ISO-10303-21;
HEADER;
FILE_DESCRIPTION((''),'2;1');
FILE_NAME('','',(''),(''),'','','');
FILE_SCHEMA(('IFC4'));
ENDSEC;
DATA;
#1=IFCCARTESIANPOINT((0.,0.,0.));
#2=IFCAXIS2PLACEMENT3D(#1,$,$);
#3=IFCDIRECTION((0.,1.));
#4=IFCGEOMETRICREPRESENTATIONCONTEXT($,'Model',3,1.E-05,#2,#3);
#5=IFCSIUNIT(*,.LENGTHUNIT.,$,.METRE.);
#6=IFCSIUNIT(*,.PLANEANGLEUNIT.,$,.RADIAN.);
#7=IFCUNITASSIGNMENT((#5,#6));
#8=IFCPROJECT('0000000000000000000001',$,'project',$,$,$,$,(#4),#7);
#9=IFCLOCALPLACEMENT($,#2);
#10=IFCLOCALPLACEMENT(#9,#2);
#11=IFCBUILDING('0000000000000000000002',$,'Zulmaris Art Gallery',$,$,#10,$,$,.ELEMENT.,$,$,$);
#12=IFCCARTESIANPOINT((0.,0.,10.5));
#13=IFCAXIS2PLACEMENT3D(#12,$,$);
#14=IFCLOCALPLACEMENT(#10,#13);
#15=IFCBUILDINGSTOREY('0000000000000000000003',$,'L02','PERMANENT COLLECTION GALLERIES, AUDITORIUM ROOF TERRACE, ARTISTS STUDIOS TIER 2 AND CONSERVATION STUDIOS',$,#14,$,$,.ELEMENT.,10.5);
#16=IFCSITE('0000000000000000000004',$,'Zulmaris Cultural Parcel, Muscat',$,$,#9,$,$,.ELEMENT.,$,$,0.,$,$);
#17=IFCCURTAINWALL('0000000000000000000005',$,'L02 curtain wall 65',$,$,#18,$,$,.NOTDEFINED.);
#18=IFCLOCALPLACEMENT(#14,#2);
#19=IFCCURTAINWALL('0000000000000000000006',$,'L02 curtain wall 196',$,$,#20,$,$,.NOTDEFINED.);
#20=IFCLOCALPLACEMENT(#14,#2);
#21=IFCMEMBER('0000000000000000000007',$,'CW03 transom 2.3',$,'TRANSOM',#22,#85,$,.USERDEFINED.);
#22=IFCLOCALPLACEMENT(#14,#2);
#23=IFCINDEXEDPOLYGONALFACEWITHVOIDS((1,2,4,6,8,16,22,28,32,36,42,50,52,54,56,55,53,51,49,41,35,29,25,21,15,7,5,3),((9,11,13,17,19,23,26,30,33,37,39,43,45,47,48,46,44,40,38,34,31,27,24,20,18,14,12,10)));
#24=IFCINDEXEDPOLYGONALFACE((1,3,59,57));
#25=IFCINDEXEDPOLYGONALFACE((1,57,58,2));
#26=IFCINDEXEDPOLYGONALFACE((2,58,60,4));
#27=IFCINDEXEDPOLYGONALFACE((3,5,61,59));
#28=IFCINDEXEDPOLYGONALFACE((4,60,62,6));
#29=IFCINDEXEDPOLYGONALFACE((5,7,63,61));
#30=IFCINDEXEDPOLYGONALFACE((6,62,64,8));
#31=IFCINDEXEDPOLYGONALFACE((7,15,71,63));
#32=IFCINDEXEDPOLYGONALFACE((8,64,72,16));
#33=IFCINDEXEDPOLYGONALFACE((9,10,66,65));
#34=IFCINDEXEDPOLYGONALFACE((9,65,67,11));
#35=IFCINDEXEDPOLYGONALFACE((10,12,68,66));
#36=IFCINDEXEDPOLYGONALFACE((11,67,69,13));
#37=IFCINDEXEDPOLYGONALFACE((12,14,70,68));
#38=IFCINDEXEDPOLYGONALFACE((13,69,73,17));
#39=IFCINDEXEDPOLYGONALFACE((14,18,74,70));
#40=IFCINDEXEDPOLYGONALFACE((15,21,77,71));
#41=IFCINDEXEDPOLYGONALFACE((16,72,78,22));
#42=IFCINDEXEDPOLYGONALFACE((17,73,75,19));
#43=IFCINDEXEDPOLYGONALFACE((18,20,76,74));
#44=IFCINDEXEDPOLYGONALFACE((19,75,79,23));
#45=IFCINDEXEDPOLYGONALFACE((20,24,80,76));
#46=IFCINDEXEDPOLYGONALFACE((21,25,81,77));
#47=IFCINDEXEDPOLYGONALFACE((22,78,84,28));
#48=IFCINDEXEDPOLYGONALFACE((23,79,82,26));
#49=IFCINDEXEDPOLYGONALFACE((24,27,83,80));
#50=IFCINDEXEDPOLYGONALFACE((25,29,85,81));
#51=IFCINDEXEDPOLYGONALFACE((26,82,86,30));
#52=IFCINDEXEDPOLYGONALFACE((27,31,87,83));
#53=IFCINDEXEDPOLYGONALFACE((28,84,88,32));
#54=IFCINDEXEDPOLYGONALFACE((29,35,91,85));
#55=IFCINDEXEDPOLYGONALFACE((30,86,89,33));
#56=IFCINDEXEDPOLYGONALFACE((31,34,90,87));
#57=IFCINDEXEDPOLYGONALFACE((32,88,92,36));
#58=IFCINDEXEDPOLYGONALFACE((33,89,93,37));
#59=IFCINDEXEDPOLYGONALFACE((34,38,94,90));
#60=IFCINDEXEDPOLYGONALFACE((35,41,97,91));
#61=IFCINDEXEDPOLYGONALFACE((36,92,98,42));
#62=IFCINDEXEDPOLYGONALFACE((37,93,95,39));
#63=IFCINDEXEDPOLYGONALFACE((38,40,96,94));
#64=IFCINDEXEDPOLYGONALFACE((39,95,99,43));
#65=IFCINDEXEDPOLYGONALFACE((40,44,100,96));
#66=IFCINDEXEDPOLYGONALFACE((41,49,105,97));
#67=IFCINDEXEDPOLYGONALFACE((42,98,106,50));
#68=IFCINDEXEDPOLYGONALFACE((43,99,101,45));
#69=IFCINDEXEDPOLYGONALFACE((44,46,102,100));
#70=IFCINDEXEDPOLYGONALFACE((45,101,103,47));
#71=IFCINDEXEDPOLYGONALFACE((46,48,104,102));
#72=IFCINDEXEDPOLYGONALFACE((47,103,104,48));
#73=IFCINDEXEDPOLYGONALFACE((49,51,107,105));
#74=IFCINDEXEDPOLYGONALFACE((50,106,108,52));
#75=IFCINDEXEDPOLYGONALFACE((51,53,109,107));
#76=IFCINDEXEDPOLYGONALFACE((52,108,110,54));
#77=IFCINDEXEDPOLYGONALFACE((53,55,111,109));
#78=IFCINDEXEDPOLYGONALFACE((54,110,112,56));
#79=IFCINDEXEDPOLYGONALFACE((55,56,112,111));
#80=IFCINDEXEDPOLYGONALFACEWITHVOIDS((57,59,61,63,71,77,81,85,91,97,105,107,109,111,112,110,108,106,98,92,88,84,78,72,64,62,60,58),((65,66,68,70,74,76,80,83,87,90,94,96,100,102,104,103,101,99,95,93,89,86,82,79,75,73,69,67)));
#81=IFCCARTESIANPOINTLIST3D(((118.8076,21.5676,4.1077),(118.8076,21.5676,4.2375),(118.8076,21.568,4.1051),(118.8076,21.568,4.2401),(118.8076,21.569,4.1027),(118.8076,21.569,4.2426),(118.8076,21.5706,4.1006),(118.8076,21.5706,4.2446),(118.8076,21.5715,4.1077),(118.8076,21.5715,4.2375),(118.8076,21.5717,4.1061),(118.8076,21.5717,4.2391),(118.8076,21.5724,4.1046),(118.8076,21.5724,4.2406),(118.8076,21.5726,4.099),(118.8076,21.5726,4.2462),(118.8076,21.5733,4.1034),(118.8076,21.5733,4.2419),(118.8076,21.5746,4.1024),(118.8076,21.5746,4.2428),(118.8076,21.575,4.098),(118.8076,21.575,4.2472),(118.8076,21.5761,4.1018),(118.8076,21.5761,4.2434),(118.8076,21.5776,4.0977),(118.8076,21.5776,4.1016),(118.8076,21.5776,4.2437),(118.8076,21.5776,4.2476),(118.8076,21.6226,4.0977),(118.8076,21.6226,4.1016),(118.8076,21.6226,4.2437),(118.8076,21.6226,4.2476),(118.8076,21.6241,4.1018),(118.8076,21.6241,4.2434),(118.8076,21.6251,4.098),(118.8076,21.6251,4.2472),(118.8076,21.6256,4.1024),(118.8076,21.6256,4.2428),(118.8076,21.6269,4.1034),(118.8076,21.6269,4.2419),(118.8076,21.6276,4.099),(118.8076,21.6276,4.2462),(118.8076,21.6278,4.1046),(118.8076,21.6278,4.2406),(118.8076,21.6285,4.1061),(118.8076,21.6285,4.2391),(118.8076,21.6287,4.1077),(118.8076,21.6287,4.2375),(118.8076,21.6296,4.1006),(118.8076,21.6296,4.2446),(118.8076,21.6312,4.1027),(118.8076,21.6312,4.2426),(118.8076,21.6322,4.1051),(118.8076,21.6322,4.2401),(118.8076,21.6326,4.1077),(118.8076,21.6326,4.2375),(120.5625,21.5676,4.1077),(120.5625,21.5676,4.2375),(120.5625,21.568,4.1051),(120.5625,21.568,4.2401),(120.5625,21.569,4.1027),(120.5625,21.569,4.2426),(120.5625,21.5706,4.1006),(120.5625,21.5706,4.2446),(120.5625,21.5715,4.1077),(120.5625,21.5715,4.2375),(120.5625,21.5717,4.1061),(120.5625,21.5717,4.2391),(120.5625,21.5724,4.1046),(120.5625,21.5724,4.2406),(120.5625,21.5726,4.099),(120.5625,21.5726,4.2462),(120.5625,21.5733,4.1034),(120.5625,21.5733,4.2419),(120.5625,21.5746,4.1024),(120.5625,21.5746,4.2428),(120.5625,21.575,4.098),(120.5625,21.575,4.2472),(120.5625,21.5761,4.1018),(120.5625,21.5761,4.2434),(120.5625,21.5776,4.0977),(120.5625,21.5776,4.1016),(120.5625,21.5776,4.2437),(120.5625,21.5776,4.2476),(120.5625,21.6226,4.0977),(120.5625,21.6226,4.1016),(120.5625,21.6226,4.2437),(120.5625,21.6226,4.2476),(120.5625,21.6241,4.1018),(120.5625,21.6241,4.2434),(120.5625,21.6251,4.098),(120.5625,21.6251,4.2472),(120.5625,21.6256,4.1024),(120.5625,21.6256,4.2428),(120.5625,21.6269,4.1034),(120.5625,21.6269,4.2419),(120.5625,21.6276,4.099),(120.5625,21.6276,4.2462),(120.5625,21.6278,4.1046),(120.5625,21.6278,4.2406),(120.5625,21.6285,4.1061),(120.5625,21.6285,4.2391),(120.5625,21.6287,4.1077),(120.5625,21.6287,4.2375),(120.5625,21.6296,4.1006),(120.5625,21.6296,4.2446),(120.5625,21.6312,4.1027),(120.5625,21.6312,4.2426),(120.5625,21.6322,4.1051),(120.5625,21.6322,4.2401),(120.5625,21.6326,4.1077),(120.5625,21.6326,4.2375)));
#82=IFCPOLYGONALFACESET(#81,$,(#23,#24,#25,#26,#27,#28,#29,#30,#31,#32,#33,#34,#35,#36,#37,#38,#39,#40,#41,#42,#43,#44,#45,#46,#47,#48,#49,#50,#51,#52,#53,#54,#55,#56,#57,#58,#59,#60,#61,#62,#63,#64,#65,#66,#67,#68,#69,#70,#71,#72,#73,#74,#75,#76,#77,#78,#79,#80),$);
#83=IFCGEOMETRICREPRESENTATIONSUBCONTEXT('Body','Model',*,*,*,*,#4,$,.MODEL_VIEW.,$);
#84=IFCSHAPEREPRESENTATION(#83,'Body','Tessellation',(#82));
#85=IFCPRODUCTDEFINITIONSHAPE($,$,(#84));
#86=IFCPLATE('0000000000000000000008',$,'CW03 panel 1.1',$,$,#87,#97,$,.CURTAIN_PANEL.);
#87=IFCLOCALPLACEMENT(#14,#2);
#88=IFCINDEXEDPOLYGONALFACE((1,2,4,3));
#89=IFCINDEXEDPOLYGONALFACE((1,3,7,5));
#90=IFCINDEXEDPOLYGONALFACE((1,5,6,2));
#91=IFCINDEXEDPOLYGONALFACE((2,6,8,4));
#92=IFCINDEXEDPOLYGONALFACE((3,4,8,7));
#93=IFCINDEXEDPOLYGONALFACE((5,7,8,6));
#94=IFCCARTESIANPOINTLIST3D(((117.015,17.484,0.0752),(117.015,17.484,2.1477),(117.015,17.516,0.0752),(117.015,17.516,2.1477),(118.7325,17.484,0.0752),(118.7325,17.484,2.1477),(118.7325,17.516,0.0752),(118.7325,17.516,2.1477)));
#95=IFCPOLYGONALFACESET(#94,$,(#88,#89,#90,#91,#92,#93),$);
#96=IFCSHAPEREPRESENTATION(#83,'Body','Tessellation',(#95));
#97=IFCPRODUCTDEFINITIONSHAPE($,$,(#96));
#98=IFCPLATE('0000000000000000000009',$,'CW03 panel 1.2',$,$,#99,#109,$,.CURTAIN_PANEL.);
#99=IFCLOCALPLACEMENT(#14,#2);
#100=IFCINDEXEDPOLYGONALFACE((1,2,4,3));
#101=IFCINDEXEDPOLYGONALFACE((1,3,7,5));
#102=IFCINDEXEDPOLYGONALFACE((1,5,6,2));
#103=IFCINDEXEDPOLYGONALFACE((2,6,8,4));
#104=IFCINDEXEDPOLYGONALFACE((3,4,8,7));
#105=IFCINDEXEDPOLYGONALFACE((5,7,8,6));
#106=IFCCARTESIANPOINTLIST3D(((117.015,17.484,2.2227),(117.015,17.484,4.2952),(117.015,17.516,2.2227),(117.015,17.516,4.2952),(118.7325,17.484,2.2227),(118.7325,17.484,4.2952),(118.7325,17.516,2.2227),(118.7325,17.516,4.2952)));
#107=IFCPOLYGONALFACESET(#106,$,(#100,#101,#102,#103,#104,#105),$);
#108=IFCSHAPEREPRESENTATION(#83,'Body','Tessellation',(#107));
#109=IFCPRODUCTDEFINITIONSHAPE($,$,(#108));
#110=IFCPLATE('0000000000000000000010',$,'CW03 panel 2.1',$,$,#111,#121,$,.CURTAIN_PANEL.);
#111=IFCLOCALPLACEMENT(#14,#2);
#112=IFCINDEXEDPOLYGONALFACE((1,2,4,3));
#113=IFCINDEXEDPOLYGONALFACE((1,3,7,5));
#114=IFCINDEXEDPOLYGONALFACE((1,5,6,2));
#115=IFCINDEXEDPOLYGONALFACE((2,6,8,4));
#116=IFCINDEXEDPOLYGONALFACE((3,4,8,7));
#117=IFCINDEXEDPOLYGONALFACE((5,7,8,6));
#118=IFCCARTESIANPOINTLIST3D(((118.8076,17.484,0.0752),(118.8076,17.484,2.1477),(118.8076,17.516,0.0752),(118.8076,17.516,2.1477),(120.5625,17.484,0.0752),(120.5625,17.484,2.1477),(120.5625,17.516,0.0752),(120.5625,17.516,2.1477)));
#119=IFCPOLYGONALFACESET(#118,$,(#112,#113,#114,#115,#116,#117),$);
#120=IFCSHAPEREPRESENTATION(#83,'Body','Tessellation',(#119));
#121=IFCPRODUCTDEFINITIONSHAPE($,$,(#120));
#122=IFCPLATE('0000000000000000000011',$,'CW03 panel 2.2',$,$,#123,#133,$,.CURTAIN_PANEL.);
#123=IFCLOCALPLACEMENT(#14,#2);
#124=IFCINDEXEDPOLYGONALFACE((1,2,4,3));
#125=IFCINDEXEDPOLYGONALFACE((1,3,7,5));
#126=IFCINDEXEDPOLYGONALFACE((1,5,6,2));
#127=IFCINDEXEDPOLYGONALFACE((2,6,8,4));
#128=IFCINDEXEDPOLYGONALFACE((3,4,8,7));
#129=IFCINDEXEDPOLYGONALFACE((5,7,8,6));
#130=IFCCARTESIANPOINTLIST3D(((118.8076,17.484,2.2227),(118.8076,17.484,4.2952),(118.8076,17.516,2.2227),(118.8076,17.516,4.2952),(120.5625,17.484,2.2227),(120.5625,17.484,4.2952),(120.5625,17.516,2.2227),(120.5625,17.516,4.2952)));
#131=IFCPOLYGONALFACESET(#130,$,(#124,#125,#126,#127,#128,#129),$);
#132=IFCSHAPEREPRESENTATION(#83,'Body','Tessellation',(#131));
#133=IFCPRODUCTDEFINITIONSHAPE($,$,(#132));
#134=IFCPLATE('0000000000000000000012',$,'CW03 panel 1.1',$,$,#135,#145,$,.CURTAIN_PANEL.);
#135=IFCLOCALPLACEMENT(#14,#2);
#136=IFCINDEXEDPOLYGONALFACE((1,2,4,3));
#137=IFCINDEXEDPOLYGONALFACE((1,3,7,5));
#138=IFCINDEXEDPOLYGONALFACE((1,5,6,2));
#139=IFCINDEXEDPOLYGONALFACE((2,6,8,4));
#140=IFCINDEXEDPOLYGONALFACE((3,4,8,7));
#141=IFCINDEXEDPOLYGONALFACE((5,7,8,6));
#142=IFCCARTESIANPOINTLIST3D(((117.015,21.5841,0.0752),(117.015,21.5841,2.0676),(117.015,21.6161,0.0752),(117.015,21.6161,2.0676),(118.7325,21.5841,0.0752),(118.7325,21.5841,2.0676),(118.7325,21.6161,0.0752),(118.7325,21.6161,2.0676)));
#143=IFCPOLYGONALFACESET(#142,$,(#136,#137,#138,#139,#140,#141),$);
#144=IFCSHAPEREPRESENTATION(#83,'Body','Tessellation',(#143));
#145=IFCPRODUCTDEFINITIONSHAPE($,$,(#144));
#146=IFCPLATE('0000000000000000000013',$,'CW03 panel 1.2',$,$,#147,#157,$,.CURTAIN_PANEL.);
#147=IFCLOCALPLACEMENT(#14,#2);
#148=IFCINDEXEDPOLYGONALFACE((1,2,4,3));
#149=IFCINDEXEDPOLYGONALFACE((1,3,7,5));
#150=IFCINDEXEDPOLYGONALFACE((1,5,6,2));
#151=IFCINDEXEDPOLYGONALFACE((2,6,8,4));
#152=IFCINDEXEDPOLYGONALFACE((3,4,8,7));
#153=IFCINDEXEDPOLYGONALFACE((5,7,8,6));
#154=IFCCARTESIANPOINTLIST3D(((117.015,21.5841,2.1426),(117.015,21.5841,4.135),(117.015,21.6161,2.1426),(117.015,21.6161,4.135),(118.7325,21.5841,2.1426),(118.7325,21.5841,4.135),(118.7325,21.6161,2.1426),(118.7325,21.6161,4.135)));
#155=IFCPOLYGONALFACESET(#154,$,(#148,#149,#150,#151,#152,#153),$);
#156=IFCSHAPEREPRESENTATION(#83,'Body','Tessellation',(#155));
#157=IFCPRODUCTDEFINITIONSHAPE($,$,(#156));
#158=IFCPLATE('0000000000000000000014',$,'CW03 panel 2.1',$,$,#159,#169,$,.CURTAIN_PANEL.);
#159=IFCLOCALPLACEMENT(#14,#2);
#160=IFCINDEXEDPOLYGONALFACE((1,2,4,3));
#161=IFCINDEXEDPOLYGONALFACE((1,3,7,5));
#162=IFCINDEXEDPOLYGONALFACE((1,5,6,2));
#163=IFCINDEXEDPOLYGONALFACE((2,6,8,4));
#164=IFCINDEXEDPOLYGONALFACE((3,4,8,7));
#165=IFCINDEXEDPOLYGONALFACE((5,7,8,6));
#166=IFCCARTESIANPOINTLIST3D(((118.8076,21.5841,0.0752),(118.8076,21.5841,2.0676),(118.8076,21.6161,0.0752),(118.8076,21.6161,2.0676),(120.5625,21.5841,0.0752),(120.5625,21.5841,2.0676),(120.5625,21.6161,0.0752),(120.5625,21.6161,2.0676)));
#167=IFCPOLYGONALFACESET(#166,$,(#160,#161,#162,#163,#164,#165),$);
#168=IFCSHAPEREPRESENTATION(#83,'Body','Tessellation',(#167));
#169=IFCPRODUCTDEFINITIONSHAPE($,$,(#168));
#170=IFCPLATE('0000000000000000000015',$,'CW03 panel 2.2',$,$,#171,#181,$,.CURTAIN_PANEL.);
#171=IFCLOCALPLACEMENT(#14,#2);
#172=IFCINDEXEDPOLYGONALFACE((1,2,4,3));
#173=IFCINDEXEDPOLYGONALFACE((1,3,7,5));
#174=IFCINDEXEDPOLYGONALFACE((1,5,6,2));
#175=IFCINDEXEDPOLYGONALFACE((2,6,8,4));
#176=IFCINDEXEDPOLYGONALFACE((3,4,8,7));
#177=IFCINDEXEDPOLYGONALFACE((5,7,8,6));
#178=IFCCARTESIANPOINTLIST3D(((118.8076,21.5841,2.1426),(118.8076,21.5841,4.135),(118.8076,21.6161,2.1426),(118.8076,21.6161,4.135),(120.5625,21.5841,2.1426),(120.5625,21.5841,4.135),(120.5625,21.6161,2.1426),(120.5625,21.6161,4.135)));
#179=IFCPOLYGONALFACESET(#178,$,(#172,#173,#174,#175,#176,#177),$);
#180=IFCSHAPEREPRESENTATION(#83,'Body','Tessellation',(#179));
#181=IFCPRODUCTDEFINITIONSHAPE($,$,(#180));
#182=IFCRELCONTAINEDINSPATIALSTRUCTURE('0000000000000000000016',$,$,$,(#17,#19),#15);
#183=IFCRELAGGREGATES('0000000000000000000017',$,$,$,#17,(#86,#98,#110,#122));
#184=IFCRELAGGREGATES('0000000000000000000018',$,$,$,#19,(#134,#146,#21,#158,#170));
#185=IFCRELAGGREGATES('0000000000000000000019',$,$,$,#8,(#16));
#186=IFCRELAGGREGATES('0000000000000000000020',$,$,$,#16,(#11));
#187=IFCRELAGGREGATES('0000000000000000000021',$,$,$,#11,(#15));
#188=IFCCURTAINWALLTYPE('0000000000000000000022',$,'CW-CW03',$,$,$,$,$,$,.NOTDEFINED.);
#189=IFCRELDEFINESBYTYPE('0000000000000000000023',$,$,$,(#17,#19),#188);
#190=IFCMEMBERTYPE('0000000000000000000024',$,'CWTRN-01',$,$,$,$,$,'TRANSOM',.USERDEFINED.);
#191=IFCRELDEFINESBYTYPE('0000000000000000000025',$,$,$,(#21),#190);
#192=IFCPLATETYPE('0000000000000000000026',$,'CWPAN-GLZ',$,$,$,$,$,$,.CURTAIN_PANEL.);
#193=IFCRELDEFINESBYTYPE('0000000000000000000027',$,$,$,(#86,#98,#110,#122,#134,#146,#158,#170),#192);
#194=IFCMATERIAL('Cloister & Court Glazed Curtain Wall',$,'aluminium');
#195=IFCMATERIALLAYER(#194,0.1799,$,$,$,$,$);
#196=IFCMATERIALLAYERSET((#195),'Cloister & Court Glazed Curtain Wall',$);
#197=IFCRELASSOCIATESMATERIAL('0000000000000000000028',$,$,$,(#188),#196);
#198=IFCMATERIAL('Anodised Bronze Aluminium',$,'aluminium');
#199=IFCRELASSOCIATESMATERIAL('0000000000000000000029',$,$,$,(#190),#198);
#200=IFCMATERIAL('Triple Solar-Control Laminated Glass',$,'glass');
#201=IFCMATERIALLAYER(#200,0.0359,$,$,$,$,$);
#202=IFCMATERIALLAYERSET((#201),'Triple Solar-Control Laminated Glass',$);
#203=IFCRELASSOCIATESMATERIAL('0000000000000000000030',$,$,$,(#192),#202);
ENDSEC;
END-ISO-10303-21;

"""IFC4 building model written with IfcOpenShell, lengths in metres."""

from ifc_helpers import new_model, si_unit, direction, frame, origin, origin_2d, place, context, subcontext, project, spatial, rectangle, hollow_rectangle, extrude, material, layer, layer_set, material_profile, profile_set, type_object, element, aggregate, save


model = new_model("IFC4")

# Units and contexts
model_context = context("Model", 3, precision=1e-05, world=origin(), true_north=direction((0.0, 1.0)))
body_context = subcontext(model_context, "Body", "Model", "MODEL_VIEW")
ifc_project = project(units=[si_unit("LENGTHUNIT", "METRE"), si_unit("PLANEANGLEUNIT", "RADIAN")], contexts=[model_context])

# Site, building, storey
site_placement = place(None, origin())
site = spatial("IfcSite", under=ifc_project, at=site_placement, Name="Zulmaris Cultural Parcel, Muscat", CompositionType="ELEMENT", RefElevation=0.0)
building_placement = place(site_placement, origin())
building = spatial("IfcBuilding", under=site, at=building_placement, Name="Zulmaris Art Gallery", CompositionType="ELEMENT")
storey_placement = place(building_placement, frame((0.0, 0.0, 10.5)))
storey = spatial("IfcBuildingStorey", under=building, at=storey_placement, Name="L02", Description="PERMANENT COLLECTION GALLERIES, AUDITORIUM ROOF TERRACE, ARTISTS STUDIOS TIER 2 AND CONSERVATION STUDIOS", CompositionType="ELEMENT", Elevation=10.5)

# Curtain walls
ifc_material_1 = material(Name="Cloister & Court Glazed Curtain Wall", Category="aluminium")
ifc_layer_1 = layer(ifc_material_1, 0.1799)
ifc_layer_set_1 = layer_set([ifc_layer_1], Name="Cloister & Court Glazed Curtain Wall")
curtain_wall_type = type_object("IfcCurtainWallType", Name="CW-CW03", PredefinedType="NOTDEFINED", material=ifc_layer_set_1)
curtain_wall_1_placement = place(storey_placement, origin())
curtain_wall_1 = element("IfcCurtainWall", 1, at=curtain_wall_1_placement, inside=storey, type_object=curtain_wall_type, Name="L02 curtain wall 65", PredefinedType="NOTDEFINED")
ifc_material_2 = material(Name="Anodised Bronze Aluminium", Category="aluminium")
curtain_wall_2_placement = place(storey_placement, origin())
curtain_wall_2 = element("IfcCurtainWall", 2, at=curtain_wall_2_placement, inside=storey, type_object=curtain_wall_type, Name="L02 curtain wall 196", PredefinedType="NOTDEFINED")

# Member
ifc_material_profile_1 = material_profile(ifc_material_2, hollow_rectangle(XDim=0.0649, YDim=0.1499, WallThickness=0.0039, InnerFilletRadius=0.0061, OuterFilletRadius=0.01, at=origin_2d()), Name="ALU 65x150x4")
ifc_profile_set_1 = profile_set([ifc_material_profile_1], Name="Anodised Bronze Aluminium")
member_type_1 = type_object("IfcMemberType", Name="CWTRN-01", ElementType="TRANSOM", PredefinedType="USERDEFINED", material=ifc_profile_set_1)
member_1_placement = place(storey_placement, frame((118.8076, 21.6001, 4.1726), z_axis=(1.0, 0.0, 0.0), x_axis=(0.0, 1.0, 0.0)))
member_1 = element("IfcMember", 3, at=member_1_placement, type_object=member_type_1, Name="CW03 transom 2.3", ObjectType="TRANSOM", PredefinedType="USERDEFINED", context=body_context, shape_type="SweptSolid", body=[
    extrude(hollow_rectangle(XDim=0.0649, YDim=0.1499, WallThickness=0.0039, InnerFilletRadius=0.0061, OuterFilletRadius=0.01, at=origin_2d()), origin(), (0.0, 0.0, 1.0), 1.7549),
])

# Plates
ifc_material_3 = material(Name="Triple Solar-Control Laminated Glass", Category="glass")
ifc_layer_2 = layer(ifc_material_3, 0.0359)
ifc_layer_set_2 = layer_set([ifc_layer_2], Name="Triple Solar-Control Laminated Glass")
plate_type = type_object("IfcPlateType", Name="CWPAN-GLZ", PredefinedType="CURTAIN_PANEL", material=ifc_layer_set_2)
plate_1_placement = place(storey_placement, frame((117.8738, 17.5, 0.0752), z_axis=(0.0, 0.0, 1.0), x_axis=(1.0, 0.0, 0.0)))
plate_1 = element("IfcPlate", 4, at=plate_1_placement, type_object=plate_type, Name="CW03 panel 1.1", PredefinedType="CURTAIN_PANEL", context=body_context, shape_type="SweptSolid", body=[
    extrude(rectangle(XDim=1.7175, YDim=0.032, at=origin_2d()), origin(), (0.0, 0.0, 1.0), 2.0725),
])
plate_2_placement = place(storey_placement, frame((117.8738, 17.5, 2.2227), z_axis=(0.0, 0.0, 1.0), x_axis=(1.0, 0.0, 0.0)))
plate_2 = element("IfcPlate", 5, at=plate_2_placement, type_object=plate_type, Name="CW03 panel 1.2", PredefinedType="CURTAIN_PANEL", context=body_context, shape_type="SweptSolid", body=[
    extrude(rectangle(XDim=1.7175, YDim=0.032, at=origin_2d()), origin(), (0.0, 0.0, 1.0), 2.0725),
])
plate_3_placement = place(storey_placement, frame((119.6851, 17.5, 0.0752), z_axis=(0.0, 0.0, 1.0), x_axis=(1.0, 0.0, 0.0)))
plate_3 = element("IfcPlate", 6, at=plate_3_placement, type_object=plate_type, Name="CW03 panel 2.1", PredefinedType="CURTAIN_PANEL", context=body_context, shape_type="SweptSolid", body=[
    extrude(rectangle(XDim=1.7549, YDim=0.032, at=origin_2d()), origin(), (0.0, 0.0, 1.0), 2.0725),
])
plate_4_placement = place(storey_placement, frame((119.6851, 17.5, 2.2227), z_axis=(0.0, 0.0, 1.0), x_axis=(1.0, 0.0, 0.0)))
plate_4 = element("IfcPlate", 7, at=plate_4_placement, type_object=plate_type, Name="CW03 panel 2.2", PredefinedType="CURTAIN_PANEL", context=body_context, shape_type="SweptSolid", body=[
    extrude(rectangle(XDim=1.7549, YDim=0.032, at=origin_2d()), origin(), (0.0, 0.0, 1.0), 2.0725),
])
aggregate(curtain_wall_1, [plate_1, plate_2, plate_3, plate_4])
plate_5_placement = place(storey_placement, frame((117.8738, 21.6001, 0.0752), z_axis=(0.0, 0.0, 1.0), x_axis=(1.0, 0.0, 0.0)))
plate_5 = element("IfcPlate", 8, at=plate_5_placement, type_object=plate_type, Name="CW03 panel 1.1", PredefinedType="CURTAIN_PANEL", context=body_context, shape_type="SweptSolid", body=[
    extrude(rectangle(XDim=1.7175, YDim=0.032, at=origin_2d()), origin(), (0.0, 0.0, 1.0), 1.9924),
])
plate_6_placement = place(storey_placement, frame((117.8738, 21.6001, 2.1426), z_axis=(0.0, 0.0, 1.0), x_axis=(1.0, 0.0, 0.0)))
plate_6 = element("IfcPlate", 9, at=plate_6_placement, type_object=plate_type, Name="CW03 panel 1.2", PredefinedType="CURTAIN_PANEL", context=body_context, shape_type="SweptSolid", body=[
    extrude(rectangle(XDim=1.7175, YDim=0.032, at=origin_2d()), origin(), (0.0, 0.0, 1.0), 1.9924),
])
plate_7_placement = place(storey_placement, frame((119.6851, 21.6001, 0.0752), z_axis=(0.0, 0.0, 1.0), x_axis=(1.0, 0.0, 0.0)))
plate_7 = element("IfcPlate", 10, at=plate_7_placement, type_object=plate_type, Name="CW03 panel 2.1", PredefinedType="CURTAIN_PANEL", context=body_context, shape_type="SweptSolid", body=[
    extrude(rectangle(XDim=1.7549, YDim=0.032, at=origin_2d()), origin(), (0.0, 0.0, 1.0), 1.9924),
])
plate_8_placement = place(storey_placement, frame((119.6851, 21.6001, 2.1426), z_axis=(0.0, 0.0, 1.0), x_axis=(1.0, 0.0, 0.0)))
plate_8 = element("IfcPlate", 11, at=plate_8_placement, type_object=plate_type, Name="CW03 panel 2.2", PredefinedType="CURTAIN_PANEL", context=body_context, shape_type="SweptSolid", body=[
    extrude(rectangle(XDim=1.7549, YDim=0.032, at=origin_2d()), origin(), (0.0, 0.0, 1.0), 1.9924),
])
aggregate(curtain_wall_2, [plate_5, plate_6, member_1, plate_7, plate_8])

save(model, "model.ifc")
